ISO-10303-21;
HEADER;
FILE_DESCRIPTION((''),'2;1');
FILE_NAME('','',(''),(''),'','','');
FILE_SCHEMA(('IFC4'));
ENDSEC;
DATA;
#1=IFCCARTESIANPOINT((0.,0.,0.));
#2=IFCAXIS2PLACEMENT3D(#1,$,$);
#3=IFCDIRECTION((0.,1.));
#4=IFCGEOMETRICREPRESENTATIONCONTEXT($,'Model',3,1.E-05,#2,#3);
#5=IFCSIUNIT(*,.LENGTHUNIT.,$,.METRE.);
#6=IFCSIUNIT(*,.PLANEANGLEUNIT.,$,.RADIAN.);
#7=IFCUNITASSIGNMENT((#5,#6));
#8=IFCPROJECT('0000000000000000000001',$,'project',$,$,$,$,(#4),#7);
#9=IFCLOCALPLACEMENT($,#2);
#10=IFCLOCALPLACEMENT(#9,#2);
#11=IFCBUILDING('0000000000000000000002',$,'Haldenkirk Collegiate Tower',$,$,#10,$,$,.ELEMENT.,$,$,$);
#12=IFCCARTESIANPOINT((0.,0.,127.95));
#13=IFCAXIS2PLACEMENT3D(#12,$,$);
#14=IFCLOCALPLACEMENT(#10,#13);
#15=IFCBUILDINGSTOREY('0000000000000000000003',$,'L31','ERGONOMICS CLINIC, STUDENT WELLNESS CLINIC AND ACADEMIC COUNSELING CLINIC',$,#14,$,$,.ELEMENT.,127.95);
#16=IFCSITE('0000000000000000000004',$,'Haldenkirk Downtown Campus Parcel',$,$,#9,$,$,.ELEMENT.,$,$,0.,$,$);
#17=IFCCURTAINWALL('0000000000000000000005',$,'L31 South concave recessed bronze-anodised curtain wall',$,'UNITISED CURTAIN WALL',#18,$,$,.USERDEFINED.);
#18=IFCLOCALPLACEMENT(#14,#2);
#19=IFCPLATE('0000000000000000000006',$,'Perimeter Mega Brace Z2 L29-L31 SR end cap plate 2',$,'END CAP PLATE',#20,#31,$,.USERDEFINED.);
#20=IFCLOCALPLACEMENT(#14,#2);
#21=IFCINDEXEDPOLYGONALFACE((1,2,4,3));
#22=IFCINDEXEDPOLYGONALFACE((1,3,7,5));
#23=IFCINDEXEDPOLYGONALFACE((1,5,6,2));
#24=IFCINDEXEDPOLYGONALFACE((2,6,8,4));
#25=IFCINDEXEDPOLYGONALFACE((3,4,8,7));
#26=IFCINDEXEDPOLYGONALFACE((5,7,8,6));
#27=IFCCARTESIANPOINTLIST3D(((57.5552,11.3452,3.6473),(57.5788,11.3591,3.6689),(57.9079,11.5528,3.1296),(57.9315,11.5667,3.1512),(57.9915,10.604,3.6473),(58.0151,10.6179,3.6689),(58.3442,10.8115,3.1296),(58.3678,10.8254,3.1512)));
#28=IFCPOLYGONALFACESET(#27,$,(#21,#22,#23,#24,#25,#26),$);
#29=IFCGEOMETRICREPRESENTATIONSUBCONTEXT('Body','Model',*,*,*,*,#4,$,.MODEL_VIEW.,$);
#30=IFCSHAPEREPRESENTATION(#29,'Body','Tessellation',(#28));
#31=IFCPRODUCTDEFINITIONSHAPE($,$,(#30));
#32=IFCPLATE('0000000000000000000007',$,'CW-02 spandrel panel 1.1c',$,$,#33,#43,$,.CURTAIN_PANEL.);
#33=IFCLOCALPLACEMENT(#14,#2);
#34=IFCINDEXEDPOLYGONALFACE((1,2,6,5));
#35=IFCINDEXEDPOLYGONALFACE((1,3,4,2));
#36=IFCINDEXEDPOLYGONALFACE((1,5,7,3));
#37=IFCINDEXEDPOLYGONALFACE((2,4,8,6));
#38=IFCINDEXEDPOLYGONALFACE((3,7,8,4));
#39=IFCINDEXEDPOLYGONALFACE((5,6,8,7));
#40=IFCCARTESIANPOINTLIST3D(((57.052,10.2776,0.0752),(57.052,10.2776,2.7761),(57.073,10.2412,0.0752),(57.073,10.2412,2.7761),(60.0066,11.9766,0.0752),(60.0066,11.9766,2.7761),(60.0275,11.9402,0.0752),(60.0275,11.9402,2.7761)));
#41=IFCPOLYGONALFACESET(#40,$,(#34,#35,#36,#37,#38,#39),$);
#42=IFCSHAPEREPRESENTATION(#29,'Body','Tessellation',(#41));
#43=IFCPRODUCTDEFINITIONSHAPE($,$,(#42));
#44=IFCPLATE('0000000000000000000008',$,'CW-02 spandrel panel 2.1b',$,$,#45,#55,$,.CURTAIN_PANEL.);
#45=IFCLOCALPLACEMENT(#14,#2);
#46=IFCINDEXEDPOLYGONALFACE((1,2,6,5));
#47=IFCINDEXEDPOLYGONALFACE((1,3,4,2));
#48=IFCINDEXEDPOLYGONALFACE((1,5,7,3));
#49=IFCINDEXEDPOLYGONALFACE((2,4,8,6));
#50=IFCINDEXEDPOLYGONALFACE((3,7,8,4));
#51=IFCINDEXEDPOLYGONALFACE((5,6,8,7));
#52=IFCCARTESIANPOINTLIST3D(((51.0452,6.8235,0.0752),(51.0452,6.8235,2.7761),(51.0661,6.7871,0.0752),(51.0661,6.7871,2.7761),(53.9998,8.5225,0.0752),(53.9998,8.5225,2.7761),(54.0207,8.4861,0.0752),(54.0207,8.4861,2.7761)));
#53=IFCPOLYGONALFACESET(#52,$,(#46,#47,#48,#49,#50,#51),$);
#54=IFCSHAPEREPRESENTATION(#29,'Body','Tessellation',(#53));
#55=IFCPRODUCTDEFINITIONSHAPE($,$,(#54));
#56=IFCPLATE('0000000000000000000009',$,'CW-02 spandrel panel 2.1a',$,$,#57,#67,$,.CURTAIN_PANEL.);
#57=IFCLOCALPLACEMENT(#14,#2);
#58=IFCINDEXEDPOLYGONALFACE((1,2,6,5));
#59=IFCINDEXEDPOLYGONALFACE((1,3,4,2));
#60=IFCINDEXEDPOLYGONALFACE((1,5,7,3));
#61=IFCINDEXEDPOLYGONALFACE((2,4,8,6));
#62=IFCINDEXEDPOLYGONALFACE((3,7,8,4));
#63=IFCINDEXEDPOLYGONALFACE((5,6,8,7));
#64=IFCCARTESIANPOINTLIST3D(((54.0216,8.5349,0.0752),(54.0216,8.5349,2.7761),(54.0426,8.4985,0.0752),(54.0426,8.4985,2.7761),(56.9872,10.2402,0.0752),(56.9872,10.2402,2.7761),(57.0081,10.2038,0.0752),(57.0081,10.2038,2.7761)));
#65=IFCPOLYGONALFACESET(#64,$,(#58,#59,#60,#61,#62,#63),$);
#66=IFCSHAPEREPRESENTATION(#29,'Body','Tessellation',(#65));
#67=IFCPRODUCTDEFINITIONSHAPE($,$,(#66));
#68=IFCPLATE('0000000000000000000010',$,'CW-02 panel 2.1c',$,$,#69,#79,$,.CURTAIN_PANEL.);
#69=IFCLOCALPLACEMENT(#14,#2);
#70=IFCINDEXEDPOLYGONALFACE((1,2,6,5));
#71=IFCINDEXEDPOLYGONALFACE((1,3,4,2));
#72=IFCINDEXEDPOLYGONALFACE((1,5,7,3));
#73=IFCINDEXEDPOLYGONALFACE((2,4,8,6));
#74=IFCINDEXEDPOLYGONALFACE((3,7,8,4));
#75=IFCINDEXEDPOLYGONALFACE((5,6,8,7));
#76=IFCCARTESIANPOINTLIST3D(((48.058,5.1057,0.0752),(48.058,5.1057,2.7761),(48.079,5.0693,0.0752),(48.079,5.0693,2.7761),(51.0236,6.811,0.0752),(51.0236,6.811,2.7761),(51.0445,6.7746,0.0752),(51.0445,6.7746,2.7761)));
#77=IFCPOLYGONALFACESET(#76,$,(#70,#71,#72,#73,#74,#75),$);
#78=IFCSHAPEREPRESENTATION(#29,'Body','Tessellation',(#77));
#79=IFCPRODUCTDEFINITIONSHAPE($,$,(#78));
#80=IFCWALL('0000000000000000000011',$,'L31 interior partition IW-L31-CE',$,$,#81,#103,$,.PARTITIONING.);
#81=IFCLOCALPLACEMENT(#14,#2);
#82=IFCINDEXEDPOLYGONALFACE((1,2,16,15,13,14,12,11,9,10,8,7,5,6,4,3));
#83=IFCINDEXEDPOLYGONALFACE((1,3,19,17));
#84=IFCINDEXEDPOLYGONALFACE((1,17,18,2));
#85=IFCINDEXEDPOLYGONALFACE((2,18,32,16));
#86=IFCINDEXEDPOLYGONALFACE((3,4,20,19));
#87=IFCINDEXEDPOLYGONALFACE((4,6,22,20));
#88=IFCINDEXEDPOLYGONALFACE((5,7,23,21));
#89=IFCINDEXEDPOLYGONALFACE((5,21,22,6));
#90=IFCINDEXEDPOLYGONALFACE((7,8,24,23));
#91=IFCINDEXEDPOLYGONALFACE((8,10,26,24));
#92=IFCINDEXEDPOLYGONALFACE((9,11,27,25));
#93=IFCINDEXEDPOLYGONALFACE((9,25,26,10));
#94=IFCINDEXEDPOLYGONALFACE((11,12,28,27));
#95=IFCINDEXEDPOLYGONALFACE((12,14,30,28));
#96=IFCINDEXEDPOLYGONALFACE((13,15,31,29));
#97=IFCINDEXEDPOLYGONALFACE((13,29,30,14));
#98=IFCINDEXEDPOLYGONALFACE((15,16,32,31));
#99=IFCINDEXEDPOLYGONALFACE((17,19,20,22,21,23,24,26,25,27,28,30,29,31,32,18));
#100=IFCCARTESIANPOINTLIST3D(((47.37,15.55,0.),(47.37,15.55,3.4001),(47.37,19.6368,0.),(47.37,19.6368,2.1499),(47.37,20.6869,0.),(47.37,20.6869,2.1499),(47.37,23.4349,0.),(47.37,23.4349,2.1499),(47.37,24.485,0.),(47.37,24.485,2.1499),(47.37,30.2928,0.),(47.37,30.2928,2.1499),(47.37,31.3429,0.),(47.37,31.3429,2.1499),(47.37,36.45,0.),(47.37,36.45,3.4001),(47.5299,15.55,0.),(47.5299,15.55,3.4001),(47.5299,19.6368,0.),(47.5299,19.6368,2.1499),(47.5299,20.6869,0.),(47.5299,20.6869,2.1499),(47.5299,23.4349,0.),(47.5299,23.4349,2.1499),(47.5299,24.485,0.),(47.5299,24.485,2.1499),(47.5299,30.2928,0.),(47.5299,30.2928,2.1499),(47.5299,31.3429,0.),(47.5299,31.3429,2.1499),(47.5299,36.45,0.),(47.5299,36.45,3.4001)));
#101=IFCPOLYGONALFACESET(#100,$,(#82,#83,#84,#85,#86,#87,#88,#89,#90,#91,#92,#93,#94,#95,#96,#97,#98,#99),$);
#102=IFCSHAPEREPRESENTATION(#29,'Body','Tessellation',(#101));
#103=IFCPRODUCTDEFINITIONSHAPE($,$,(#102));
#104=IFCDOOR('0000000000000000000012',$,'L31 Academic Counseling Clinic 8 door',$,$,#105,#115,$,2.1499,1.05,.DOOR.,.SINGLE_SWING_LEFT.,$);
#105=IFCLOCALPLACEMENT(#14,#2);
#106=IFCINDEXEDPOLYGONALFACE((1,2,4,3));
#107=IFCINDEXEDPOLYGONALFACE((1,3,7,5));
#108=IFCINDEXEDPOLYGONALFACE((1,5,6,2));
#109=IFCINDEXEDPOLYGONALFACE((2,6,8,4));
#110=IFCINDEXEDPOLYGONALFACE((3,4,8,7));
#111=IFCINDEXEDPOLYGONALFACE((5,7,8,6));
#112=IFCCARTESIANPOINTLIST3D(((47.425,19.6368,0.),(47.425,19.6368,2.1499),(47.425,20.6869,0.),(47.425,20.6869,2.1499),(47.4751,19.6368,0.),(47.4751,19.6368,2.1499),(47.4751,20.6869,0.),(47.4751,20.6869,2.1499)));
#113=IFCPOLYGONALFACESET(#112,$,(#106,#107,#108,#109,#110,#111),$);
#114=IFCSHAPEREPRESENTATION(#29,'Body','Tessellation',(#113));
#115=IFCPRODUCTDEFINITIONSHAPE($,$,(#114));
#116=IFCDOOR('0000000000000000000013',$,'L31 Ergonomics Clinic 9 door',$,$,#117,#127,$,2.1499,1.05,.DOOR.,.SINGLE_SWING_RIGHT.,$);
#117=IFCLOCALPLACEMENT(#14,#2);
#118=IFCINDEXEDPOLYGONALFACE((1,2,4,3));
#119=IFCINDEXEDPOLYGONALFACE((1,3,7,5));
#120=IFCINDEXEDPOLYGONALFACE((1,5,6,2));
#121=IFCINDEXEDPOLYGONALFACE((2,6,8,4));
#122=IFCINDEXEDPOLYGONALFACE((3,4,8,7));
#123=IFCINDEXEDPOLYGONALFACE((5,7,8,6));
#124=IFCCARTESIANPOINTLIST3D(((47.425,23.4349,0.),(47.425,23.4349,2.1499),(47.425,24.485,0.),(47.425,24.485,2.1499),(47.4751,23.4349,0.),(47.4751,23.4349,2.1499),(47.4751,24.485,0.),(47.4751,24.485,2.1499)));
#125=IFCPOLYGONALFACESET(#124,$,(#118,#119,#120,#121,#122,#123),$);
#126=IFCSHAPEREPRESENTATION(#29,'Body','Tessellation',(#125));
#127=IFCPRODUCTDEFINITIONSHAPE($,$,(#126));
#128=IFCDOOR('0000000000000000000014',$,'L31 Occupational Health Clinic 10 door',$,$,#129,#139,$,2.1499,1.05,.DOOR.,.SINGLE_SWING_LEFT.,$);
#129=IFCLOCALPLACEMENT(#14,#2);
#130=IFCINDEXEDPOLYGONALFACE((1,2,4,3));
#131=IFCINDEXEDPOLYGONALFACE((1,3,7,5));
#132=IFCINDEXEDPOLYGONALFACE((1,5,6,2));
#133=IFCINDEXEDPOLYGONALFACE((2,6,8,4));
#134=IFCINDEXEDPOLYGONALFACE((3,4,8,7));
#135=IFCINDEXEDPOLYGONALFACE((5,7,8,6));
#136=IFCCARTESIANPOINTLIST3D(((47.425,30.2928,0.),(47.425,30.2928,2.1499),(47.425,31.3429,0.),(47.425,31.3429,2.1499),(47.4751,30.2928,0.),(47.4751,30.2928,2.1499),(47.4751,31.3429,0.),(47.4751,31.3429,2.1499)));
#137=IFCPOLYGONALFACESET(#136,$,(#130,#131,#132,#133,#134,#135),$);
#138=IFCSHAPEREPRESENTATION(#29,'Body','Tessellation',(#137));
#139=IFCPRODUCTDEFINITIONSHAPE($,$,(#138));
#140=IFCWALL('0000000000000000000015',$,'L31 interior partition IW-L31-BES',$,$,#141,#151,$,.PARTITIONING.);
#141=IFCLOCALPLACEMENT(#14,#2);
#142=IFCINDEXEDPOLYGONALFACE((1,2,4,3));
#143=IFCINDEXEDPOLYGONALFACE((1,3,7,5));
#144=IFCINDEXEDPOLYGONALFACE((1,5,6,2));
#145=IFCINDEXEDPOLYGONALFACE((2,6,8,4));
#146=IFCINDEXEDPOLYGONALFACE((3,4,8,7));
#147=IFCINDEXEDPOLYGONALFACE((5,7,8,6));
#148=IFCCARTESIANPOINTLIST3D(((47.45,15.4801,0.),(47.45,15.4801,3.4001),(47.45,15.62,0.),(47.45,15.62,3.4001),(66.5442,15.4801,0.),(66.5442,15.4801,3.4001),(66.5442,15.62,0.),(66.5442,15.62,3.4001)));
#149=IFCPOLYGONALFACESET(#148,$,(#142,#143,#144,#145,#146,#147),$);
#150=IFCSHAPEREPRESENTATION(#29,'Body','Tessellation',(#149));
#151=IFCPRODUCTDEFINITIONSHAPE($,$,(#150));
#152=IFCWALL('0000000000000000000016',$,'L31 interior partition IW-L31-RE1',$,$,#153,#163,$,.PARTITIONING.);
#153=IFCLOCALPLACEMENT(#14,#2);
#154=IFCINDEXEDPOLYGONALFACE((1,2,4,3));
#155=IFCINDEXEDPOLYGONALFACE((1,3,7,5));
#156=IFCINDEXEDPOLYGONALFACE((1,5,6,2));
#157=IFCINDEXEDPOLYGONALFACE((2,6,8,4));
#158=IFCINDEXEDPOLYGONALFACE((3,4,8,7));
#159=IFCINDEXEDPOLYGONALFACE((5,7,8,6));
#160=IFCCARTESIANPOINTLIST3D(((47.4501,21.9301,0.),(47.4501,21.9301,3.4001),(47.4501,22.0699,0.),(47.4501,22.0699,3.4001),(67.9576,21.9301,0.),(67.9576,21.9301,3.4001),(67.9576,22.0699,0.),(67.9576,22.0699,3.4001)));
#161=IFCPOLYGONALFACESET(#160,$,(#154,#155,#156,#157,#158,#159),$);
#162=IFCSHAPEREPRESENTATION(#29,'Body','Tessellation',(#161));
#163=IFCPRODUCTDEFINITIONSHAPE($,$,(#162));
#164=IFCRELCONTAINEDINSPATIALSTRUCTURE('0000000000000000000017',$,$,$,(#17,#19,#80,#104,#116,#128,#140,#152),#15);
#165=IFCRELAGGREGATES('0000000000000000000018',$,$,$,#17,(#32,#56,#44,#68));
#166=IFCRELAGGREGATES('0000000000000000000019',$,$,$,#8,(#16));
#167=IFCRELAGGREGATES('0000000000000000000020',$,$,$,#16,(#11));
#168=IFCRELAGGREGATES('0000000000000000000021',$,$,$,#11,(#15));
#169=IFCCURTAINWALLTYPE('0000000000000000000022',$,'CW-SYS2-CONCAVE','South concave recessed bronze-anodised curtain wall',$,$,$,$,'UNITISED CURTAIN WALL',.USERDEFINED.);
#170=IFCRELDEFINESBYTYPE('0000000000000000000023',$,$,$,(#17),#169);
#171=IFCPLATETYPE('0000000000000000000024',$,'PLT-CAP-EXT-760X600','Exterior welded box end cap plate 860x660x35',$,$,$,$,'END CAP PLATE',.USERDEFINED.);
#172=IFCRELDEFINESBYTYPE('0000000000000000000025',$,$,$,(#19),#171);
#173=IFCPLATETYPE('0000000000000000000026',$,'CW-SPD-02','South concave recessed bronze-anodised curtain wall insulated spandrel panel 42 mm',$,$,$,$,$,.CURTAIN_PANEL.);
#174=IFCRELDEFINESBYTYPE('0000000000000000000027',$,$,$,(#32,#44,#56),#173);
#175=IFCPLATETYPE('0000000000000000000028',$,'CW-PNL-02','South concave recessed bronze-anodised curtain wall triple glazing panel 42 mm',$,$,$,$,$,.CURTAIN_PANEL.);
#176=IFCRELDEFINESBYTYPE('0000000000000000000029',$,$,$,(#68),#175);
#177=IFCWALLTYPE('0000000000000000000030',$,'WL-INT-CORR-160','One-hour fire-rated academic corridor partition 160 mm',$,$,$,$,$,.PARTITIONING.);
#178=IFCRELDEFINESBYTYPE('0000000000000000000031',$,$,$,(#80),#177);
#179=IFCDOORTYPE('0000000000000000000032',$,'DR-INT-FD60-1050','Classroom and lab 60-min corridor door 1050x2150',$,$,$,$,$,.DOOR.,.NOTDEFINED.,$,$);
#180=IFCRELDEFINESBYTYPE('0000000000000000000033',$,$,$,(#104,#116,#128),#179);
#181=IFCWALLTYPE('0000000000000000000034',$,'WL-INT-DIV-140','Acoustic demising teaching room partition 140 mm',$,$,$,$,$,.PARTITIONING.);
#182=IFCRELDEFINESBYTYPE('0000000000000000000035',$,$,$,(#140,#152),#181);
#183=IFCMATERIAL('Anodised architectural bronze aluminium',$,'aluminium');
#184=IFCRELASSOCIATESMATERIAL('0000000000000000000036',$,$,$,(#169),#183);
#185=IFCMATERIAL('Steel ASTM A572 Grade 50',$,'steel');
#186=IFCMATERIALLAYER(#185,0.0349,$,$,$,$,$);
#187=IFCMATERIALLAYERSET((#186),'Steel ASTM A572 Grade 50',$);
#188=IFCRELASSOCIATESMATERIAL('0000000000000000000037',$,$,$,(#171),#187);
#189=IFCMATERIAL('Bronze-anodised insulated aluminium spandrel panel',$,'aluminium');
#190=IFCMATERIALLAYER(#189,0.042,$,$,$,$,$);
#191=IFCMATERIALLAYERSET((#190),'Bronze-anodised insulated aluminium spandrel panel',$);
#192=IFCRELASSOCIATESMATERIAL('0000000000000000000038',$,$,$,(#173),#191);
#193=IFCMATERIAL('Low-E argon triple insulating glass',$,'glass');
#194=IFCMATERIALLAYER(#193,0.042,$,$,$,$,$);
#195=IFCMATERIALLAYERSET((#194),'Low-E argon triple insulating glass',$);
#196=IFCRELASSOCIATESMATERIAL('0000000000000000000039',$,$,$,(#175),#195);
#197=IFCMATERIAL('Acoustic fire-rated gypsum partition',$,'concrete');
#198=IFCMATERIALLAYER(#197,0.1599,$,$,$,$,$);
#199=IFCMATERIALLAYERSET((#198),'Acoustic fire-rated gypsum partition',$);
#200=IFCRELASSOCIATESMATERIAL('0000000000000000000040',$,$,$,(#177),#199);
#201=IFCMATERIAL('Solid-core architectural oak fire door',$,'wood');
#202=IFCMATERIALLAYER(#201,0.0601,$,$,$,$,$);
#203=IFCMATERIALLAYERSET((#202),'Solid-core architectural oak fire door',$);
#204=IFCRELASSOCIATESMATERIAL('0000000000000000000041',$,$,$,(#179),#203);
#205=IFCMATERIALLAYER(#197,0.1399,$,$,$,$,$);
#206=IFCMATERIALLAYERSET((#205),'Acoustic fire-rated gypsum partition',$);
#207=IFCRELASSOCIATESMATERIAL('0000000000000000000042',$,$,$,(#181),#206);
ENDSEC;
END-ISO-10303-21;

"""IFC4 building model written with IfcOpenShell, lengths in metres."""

from ifc_helpers import new_model, si_unit, direction, frame, frame_2d, origin, origin_2d, place, context, subcontext, project, spatial, rectangle, extrude, source, transform, mapped, material, layer, layer_set, type_object, element, fill, aggregate, save


model = new_model("IFC4")

# Units and contexts
model_context = context("Model", 3, precision=1e-05, world=origin(), true_north=direction((0.0, 1.0)))
body_context = subcontext(model_context, "Body", "Model", "MODEL_VIEW")
ifc_project = project(units=[si_unit("LENGTHUNIT", "METRE"), si_unit("PLANEANGLEUNIT", "RADIAN")], contexts=[model_context])

# Site, building, storey
site_placement = place(None, origin())
site = spatial("IfcSite", under=ifc_project, at=site_placement, Name="Haldenkirk Downtown Campus Parcel", CompositionType="ELEMENT", RefElevation=0.0)
building_placement = place(site_placement, origin())
building = spatial("IfcBuilding", under=site, at=building_placement, Name="Haldenkirk Collegiate Tower", CompositionType="ELEMENT")
storey_placement = place(building_placement, frame((0.0, 0.0, 127.95)))
storey = spatial("IfcBuildingStorey", under=building, at=storey_placement, Name="L31", Description="ERGONOMICS CLINIC, STUDENT WELLNESS CLINIC AND ACADEMIC COUNSELING CLINIC", CompositionType="ELEMENT", Elevation=127.95)

# Curtain wall
ifc_material_1 = material(Name="Anodised architectural bronze aluminium", Category="aluminium")
curtain_wall_type = type_object("IfcCurtainWallType", Name="CW-SYS2-CONCAVE", Description="South concave recessed bronze-anodised curtain wall", ElementType="UNITISED CURTAIN WALL", PredefinedType="USERDEFINED", material=ifc_material_1)
curtain_wall_placement = place(storey_placement, origin())
curtain_wall = element("IfcCurtainWall", 1, at=curtain_wall_placement, inside=storey, type_object=curtain_wall_type, Name="L31 South concave recessed bronze-anodised curtain wall", ObjectType="UNITISED CURTAIN WALL", PredefinedType="USERDEFINED")

# Plates
ifc_material_2 = material(Name="Steel ASTM A572 Grade 50", Category="steel")
ifc_layer_1 = layer(ifc_material_2, 0.0349)
ifc_layer_set_1 = layer_set([ifc_layer_1], Name="Steel ASTM A572 Grade 50")
plate_type_1 = type_object("IfcPlateType", Name="PLT-CAP-EXT-760X600", Description="Exterior welded box end cap plate 860x660x35", ElementType="END CAP PLATE", PredefinedType="USERDEFINED", material=ifc_layer_set_1)
shared_shape_1 = source(origin(), body_context, "Body", "SweptSolid", [
    extrude(rectangle(XDim=0.8601, YDim=0.6599, at=origin_2d()), origin(), (0.0, 0.0, 1.0), 0.0349),
])
plate_1_placement = place(storey_placement, frame((57.9497, 11.0784, 3.3884), z_axis=(0.676102, 0.397957, 0.620094), x_axis=(-0.507257, 0.861795, 0.0)))
element("IfcPlate", 2, at=plate_1_placement, inside=storey, type_object=plate_type_1, Name="Perimeter Mega Brace Z2 L29-L31 SR end cap plate 2", ObjectType="END CAP PLATE", PredefinedType="USERDEFINED", context=body_context, shape_type="MappedRepresentation", body=[
    mapped(shared_shape_1, transform((0.0, 0.0, 0.0), x_axis=(1.0, 0.0, 0.0), y_axis=(0.0, 1.0, 0.0), z_axis=(0.0, 0.0, 1.0), scale=1.0)),
])
ifc_material_3 = material(Name="Bronze-anodised insulated aluminium spandrel panel", Category="aluminium")
ifc_layer_2 = layer(ifc_material_3, 0.042)
ifc_layer_set_2 = layer_set([ifc_layer_2], Name="Bronze-anodised insulated aluminium spandrel panel")
plate_type_2 = type_object("IfcPlateType", Name="CW-SPD-02", Description="South concave recessed bronze-anodised curtain wall insulated spandrel panel 42 mm", PredefinedType="CURTAIN_PANEL", material=ifc_layer_set_2)
shared_shape_2 = source(origin(), body_context, "Body", "SweptSolid", [
    extrude(rectangle(XDim=3.4082, YDim=0.042, at=origin_2d()), origin(), (0.0, 0.0, 1.0), 2.7009),
])
plate_2_placement = place(storey_placement, frame((58.5398, 11.1089, 0.0752), z_axis=(0.0, 0.0, 1.0), x_axis=(-0.866896, -0.498489, 0.0)))
plate_2 = element("IfcPlate", 3, at=plate_2_placement, type_object=plate_type_2, Name="CW-02 spandrel panel 1.1c", PredefinedType="CURTAIN_PANEL", context=body_context, shape_type="MappedRepresentation", body=[
    mapped(shared_shape_2, transform((0.0, 0.0, 0.0), x_axis=(1.0, 0.0, 0.0), y_axis=(0.0, 1.0, 0.0), z_axis=(0.0, 0.0, 1.0), scale=1.0)),
])
plate_3_placement = place(storey_placement, frame((52.533, 7.6548, 0.0752), z_axis=(0.0, 0.0, 1.0), x_axis=(-0.866896, -0.498489, 0.0)))
plate_3 = element("IfcPlate", 4, at=plate_3_placement, type_object=plate_type_2, Name="CW-02 spandrel panel 2.1b", PredefinedType="CURTAIN_PANEL", context=body_context, shape_type="MappedRepresentation", body=[
    mapped(shared_shape_2, transform((0.0, 0.0, 0.0), x_axis=(1.0, 0.0, 0.0), y_axis=(0.0, 1.0, 0.0), z_axis=(0.0, 0.0, 1.0), scale=1.0)),
])
shared_shape_3 = source(origin(), body_context, "Body", "SweptSolid", [
    extrude(rectangle(XDim=3.4209, YDim=0.042, at=origin_2d()), origin(), (0.0, 0.0, 1.0), 2.7009),
])
plate_4_placement = place(storey_placement, frame((55.5149, 9.3694, 0.0752), z_axis=(0.0, 0.0, 1.0), x_axis=(-0.866896, -0.498489, 0.0)))
plate_4 = element("IfcPlate", 5, at=plate_4_placement, type_object=plate_type_2, Name="CW-02 spandrel panel 2.1a", PredefinedType="CURTAIN_PANEL", context=body_context, shape_type="MappedRepresentation", body=[
    mapped(shared_shape_3, transform((0.0, 0.0, 0.0), x_axis=(1.0, 0.0, 0.0), y_axis=(0.0, 1.0, 0.0), z_axis=(0.0, 0.0, 1.0), scale=1.0)),
])
ifc_material_4 = material(Name="Low-E argon triple insulating glass", Category="glass")
ifc_layer_3 = layer(ifc_material_4, 0.042)
ifc_layer_set_3 = layer_set([ifc_layer_3], Name="Low-E argon triple insulating glass")
plate_type_3 = type_object("IfcPlateType", Name="CW-PNL-02", Description="South concave recessed bronze-anodised curtain wall triple glazing panel 42 mm", PredefinedType="CURTAIN_PANEL", material=ifc_layer_set_3)
plate_5_placement = place(storey_placement, frame((49.5513, 5.9402, 0.0752), z_axis=(0.0, 0.0, 1.0), x_axis=(-0.866896, -0.498489, 0.0)))
plate_5 = element("IfcPlate", 6, at=plate_5_placement, type_object=plate_type_3, Name="CW-02 panel 2.1c", PredefinedType="CURTAIN_PANEL", context=body_context, shape_type="MappedRepresentation", body=[
    mapped(shared_shape_3, transform((0.0, 0.0, 0.0), x_axis=(1.0, 0.0, 0.0), y_axis=(0.0, 1.0, 0.0), z_axis=(0.0, 0.0, 1.0), scale=1.0)),
])
aggregate(curtain_wall, [plate_2, plate_4, plate_3, plate_5])

# Wall, openings, doors
ifc_material_5 = material(Name="Acoustic fire-rated gypsum partition", Category="concrete")
ifc_layer_4 = layer(ifc_material_5, 0.1599)
ifc_layer_set_4 = layer_set([ifc_layer_4], Name="Acoustic fire-rated gypsum partition")
wall_type_1 = type_object("IfcWallType", Name="WL-INT-CORR-160", Description="One-hour fire-rated academic corridor partition 160 mm", PredefinedType="PARTITIONING", material=ifc_layer_set_4)
wall_1_placement = place(storey_placement, frame((47.45, 15.55, 0.0), z_axis=(0.0, 0.0, 1.0), x_axis=(0.0, 1.0, 0.0)))
wall_1 = element("IfcWall", 7, at=wall_1_placement, inside=storey, type_object=wall_type_1, Name="L31 interior partition IW-L31-CE", PredefinedType="PARTITIONING", context=body_context, shape_type="SweptSolid", body=[
    extrude(rectangle(XDim=20.8999, YDim=0.1599, at=frame_2d((10.45, 0.0))), origin(), (0.0, 0.0, 1.0), 3.4001),
])
opening_1_placement = place(wall_1_placement, frame((4.0869, 0.0, 0.0)))
opening_1 = element("IfcOpeningElement", 8, at=opening_1_placement, cuts=wall_1, PredefinedType="OPENING", context=body_context, shape_type="SweptSolid", body=[
    extrude(rectangle(XDim=1.05, YDim=2.1499, at=frame_2d((0.5249, 1.075))), frame((0.0, 0.0898, 0.0), z_axis=(0.0, -1.0, 0.0), x_axis=(1.0, 0.0, 0.0)), (0.0, 0.0, 1.0), 0.1799),
])
opening_2_placement = place(wall_1_placement, frame((7.885, 0.0, 0.0)))
opening_2 = element("IfcOpeningElement", 9, at=opening_2_placement, cuts=wall_1, PredefinedType="OPENING", context=body_context, shape_type="SweptSolid", body=[
    extrude(rectangle(XDim=1.05, YDim=2.1499, at=frame_2d((0.5249, 1.075))), frame((0.0, 0.0898, 0.0), z_axis=(0.0, -1.0, 0.0), x_axis=(1.0, 0.0, 0.0)), (0.0, 0.0, 1.0), 0.1799),
])
opening_3_placement = place(wall_1_placement, frame((14.7429, 0.0, 0.0)))
opening_3 = element("IfcOpeningElement", 10, at=opening_3_placement, cuts=wall_1, PredefinedType="OPENING", context=body_context, shape_type="SweptSolid", body=[
    extrude(rectangle(XDim=1.05, YDim=2.1499, at=frame_2d((0.5249, 1.075))), frame((0.0, 0.0898, 0.0), z_axis=(0.0, -1.0, 0.0), x_axis=(1.0, 0.0, 0.0)), (0.0, 0.0, 1.0), 0.1799),
])
ifc_material_6 = material(Name="Solid-core architectural oak fire door", Category="wood")
ifc_layer_5 = layer(ifc_material_6, 0.0601)
ifc_layer_set_5 = layer_set([ifc_layer_5], Name="Solid-core architectural oak fire door")
door_type = type_object("IfcDoorType", Name="DR-INT-FD60-1050", Description="Classroom and lab 60-min corridor door 1050x2150", OperationType="NOTDEFINED", PredefinedType="DOOR", material=ifc_layer_set_5)
door_1_placement = place(opening_1_placement, origin())
door_1 = element("IfcDoor", 11, at=door_1_placement, inside=storey, type_object=door_type, Name="L31 Academic Counseling Clinic 8 door", OperationType="SINGLE_SWING_LEFT", OverallHeight=2.1499, OverallWidth=1.05, PredefinedType="DOOR", context=body_context, shape_type="SweptSolid", body=[
    extrude(rectangle(XDim=1.05, YDim=2.1499, at=frame_2d((0.5249, 1.075))), frame((0.0, 0.0249, 0.0), z_axis=(0.0, -1.0, 0.0), x_axis=(1.0, 0.0, 0.0)), (0.0, 0.0, 1.0), 0.05),
])
fill(opening_1, door_1)
door_2_placement = place(opening_2_placement, origin())
door_2 = element("IfcDoor", 12, at=door_2_placement, inside=storey, type_object=door_type, Name="L31 Ergonomics Clinic 9 door", OperationType="SINGLE_SWING_RIGHT", OverallHeight=2.1499, OverallWidth=1.05, PredefinedType="DOOR", context=body_context, shape_type="SweptSolid", body=[
    extrude(rectangle(XDim=1.05, YDim=2.1499, at=frame_2d((0.5249, 1.075))), frame((0.0, 0.0249, 0.0), z_axis=(0.0, -1.0, 0.0), x_axis=(1.0, 0.0, 0.0)), (0.0, 0.0, 1.0), 0.05),
])
fill(opening_2, door_2)
door_3_placement = place(opening_3_placement, origin())
door_3 = element("IfcDoor", 13, at=door_3_placement, inside=storey, type_object=door_type, Name="L31 Occupational Health Clinic 10 door", OperationType="SINGLE_SWING_LEFT", OverallHeight=2.1499, OverallWidth=1.05, PredefinedType="DOOR", context=body_context, shape_type="SweptSolid", body=[
    extrude(rectangle(XDim=1.05, YDim=2.1499, at=frame_2d((0.5249, 1.075))), frame((0.0, 0.0249, 0.0), z_axis=(0.0, -1.0, 0.0), x_axis=(1.0, 0.0, 0.0)), (0.0, 0.0, 1.0), 0.05),
])
fill(opening_3, door_3)

# Walls
ifc_layer_6 = layer(ifc_material_5, 0.1399)
ifc_layer_set_6 = layer_set([ifc_layer_6], Name="Acoustic fire-rated gypsum partition")
wall_type_2 = type_object("IfcWallType", Name="WL-INT-DIV-140", Description="Acoustic demising teaching room partition 140 mm", PredefinedType="PARTITIONING", material=ifc_layer_set_6)
wall_2_placement = place(storey_placement, frame((47.45, 15.55, 0.0), z_axis=(0.0, 0.0, 1.0), x_axis=(1.0, 0.0, 0.0)))
element("IfcWall", 14, at=wall_2_placement, inside=storey, type_object=wall_type_2, Name="L31 interior partition IW-L31-BES", PredefinedType="PARTITIONING", context=body_context, shape_type="SweptSolid", body=[
    extrude(rectangle(XDim=19.0942, YDim=0.1399, at=frame_2d((9.5471, 0.0))), origin(), (0.0, 0.0, 1.0), 3.4001),
])
wall_3_placement = place(storey_placement, frame((47.45, 22.0, 0.0), z_axis=(0.0, 0.0, 1.0), x_axis=(1.0, 0.0, 0.0)))
element("IfcWall", 15, at=wall_3_placement, inside=storey, type_object=wall_type_2, Name="L31 interior partition IW-L31-RE1", PredefinedType="PARTITIONING", context=body_context, shape_type="SweptSolid", body=[
    extrude(rectangle(XDim=20.5076, YDim=0.1399, at=frame_2d((10.2539, 0.0))), origin(), (0.0, 0.0, 1.0), 3.4001),
])

save(model, "model.ifc")
